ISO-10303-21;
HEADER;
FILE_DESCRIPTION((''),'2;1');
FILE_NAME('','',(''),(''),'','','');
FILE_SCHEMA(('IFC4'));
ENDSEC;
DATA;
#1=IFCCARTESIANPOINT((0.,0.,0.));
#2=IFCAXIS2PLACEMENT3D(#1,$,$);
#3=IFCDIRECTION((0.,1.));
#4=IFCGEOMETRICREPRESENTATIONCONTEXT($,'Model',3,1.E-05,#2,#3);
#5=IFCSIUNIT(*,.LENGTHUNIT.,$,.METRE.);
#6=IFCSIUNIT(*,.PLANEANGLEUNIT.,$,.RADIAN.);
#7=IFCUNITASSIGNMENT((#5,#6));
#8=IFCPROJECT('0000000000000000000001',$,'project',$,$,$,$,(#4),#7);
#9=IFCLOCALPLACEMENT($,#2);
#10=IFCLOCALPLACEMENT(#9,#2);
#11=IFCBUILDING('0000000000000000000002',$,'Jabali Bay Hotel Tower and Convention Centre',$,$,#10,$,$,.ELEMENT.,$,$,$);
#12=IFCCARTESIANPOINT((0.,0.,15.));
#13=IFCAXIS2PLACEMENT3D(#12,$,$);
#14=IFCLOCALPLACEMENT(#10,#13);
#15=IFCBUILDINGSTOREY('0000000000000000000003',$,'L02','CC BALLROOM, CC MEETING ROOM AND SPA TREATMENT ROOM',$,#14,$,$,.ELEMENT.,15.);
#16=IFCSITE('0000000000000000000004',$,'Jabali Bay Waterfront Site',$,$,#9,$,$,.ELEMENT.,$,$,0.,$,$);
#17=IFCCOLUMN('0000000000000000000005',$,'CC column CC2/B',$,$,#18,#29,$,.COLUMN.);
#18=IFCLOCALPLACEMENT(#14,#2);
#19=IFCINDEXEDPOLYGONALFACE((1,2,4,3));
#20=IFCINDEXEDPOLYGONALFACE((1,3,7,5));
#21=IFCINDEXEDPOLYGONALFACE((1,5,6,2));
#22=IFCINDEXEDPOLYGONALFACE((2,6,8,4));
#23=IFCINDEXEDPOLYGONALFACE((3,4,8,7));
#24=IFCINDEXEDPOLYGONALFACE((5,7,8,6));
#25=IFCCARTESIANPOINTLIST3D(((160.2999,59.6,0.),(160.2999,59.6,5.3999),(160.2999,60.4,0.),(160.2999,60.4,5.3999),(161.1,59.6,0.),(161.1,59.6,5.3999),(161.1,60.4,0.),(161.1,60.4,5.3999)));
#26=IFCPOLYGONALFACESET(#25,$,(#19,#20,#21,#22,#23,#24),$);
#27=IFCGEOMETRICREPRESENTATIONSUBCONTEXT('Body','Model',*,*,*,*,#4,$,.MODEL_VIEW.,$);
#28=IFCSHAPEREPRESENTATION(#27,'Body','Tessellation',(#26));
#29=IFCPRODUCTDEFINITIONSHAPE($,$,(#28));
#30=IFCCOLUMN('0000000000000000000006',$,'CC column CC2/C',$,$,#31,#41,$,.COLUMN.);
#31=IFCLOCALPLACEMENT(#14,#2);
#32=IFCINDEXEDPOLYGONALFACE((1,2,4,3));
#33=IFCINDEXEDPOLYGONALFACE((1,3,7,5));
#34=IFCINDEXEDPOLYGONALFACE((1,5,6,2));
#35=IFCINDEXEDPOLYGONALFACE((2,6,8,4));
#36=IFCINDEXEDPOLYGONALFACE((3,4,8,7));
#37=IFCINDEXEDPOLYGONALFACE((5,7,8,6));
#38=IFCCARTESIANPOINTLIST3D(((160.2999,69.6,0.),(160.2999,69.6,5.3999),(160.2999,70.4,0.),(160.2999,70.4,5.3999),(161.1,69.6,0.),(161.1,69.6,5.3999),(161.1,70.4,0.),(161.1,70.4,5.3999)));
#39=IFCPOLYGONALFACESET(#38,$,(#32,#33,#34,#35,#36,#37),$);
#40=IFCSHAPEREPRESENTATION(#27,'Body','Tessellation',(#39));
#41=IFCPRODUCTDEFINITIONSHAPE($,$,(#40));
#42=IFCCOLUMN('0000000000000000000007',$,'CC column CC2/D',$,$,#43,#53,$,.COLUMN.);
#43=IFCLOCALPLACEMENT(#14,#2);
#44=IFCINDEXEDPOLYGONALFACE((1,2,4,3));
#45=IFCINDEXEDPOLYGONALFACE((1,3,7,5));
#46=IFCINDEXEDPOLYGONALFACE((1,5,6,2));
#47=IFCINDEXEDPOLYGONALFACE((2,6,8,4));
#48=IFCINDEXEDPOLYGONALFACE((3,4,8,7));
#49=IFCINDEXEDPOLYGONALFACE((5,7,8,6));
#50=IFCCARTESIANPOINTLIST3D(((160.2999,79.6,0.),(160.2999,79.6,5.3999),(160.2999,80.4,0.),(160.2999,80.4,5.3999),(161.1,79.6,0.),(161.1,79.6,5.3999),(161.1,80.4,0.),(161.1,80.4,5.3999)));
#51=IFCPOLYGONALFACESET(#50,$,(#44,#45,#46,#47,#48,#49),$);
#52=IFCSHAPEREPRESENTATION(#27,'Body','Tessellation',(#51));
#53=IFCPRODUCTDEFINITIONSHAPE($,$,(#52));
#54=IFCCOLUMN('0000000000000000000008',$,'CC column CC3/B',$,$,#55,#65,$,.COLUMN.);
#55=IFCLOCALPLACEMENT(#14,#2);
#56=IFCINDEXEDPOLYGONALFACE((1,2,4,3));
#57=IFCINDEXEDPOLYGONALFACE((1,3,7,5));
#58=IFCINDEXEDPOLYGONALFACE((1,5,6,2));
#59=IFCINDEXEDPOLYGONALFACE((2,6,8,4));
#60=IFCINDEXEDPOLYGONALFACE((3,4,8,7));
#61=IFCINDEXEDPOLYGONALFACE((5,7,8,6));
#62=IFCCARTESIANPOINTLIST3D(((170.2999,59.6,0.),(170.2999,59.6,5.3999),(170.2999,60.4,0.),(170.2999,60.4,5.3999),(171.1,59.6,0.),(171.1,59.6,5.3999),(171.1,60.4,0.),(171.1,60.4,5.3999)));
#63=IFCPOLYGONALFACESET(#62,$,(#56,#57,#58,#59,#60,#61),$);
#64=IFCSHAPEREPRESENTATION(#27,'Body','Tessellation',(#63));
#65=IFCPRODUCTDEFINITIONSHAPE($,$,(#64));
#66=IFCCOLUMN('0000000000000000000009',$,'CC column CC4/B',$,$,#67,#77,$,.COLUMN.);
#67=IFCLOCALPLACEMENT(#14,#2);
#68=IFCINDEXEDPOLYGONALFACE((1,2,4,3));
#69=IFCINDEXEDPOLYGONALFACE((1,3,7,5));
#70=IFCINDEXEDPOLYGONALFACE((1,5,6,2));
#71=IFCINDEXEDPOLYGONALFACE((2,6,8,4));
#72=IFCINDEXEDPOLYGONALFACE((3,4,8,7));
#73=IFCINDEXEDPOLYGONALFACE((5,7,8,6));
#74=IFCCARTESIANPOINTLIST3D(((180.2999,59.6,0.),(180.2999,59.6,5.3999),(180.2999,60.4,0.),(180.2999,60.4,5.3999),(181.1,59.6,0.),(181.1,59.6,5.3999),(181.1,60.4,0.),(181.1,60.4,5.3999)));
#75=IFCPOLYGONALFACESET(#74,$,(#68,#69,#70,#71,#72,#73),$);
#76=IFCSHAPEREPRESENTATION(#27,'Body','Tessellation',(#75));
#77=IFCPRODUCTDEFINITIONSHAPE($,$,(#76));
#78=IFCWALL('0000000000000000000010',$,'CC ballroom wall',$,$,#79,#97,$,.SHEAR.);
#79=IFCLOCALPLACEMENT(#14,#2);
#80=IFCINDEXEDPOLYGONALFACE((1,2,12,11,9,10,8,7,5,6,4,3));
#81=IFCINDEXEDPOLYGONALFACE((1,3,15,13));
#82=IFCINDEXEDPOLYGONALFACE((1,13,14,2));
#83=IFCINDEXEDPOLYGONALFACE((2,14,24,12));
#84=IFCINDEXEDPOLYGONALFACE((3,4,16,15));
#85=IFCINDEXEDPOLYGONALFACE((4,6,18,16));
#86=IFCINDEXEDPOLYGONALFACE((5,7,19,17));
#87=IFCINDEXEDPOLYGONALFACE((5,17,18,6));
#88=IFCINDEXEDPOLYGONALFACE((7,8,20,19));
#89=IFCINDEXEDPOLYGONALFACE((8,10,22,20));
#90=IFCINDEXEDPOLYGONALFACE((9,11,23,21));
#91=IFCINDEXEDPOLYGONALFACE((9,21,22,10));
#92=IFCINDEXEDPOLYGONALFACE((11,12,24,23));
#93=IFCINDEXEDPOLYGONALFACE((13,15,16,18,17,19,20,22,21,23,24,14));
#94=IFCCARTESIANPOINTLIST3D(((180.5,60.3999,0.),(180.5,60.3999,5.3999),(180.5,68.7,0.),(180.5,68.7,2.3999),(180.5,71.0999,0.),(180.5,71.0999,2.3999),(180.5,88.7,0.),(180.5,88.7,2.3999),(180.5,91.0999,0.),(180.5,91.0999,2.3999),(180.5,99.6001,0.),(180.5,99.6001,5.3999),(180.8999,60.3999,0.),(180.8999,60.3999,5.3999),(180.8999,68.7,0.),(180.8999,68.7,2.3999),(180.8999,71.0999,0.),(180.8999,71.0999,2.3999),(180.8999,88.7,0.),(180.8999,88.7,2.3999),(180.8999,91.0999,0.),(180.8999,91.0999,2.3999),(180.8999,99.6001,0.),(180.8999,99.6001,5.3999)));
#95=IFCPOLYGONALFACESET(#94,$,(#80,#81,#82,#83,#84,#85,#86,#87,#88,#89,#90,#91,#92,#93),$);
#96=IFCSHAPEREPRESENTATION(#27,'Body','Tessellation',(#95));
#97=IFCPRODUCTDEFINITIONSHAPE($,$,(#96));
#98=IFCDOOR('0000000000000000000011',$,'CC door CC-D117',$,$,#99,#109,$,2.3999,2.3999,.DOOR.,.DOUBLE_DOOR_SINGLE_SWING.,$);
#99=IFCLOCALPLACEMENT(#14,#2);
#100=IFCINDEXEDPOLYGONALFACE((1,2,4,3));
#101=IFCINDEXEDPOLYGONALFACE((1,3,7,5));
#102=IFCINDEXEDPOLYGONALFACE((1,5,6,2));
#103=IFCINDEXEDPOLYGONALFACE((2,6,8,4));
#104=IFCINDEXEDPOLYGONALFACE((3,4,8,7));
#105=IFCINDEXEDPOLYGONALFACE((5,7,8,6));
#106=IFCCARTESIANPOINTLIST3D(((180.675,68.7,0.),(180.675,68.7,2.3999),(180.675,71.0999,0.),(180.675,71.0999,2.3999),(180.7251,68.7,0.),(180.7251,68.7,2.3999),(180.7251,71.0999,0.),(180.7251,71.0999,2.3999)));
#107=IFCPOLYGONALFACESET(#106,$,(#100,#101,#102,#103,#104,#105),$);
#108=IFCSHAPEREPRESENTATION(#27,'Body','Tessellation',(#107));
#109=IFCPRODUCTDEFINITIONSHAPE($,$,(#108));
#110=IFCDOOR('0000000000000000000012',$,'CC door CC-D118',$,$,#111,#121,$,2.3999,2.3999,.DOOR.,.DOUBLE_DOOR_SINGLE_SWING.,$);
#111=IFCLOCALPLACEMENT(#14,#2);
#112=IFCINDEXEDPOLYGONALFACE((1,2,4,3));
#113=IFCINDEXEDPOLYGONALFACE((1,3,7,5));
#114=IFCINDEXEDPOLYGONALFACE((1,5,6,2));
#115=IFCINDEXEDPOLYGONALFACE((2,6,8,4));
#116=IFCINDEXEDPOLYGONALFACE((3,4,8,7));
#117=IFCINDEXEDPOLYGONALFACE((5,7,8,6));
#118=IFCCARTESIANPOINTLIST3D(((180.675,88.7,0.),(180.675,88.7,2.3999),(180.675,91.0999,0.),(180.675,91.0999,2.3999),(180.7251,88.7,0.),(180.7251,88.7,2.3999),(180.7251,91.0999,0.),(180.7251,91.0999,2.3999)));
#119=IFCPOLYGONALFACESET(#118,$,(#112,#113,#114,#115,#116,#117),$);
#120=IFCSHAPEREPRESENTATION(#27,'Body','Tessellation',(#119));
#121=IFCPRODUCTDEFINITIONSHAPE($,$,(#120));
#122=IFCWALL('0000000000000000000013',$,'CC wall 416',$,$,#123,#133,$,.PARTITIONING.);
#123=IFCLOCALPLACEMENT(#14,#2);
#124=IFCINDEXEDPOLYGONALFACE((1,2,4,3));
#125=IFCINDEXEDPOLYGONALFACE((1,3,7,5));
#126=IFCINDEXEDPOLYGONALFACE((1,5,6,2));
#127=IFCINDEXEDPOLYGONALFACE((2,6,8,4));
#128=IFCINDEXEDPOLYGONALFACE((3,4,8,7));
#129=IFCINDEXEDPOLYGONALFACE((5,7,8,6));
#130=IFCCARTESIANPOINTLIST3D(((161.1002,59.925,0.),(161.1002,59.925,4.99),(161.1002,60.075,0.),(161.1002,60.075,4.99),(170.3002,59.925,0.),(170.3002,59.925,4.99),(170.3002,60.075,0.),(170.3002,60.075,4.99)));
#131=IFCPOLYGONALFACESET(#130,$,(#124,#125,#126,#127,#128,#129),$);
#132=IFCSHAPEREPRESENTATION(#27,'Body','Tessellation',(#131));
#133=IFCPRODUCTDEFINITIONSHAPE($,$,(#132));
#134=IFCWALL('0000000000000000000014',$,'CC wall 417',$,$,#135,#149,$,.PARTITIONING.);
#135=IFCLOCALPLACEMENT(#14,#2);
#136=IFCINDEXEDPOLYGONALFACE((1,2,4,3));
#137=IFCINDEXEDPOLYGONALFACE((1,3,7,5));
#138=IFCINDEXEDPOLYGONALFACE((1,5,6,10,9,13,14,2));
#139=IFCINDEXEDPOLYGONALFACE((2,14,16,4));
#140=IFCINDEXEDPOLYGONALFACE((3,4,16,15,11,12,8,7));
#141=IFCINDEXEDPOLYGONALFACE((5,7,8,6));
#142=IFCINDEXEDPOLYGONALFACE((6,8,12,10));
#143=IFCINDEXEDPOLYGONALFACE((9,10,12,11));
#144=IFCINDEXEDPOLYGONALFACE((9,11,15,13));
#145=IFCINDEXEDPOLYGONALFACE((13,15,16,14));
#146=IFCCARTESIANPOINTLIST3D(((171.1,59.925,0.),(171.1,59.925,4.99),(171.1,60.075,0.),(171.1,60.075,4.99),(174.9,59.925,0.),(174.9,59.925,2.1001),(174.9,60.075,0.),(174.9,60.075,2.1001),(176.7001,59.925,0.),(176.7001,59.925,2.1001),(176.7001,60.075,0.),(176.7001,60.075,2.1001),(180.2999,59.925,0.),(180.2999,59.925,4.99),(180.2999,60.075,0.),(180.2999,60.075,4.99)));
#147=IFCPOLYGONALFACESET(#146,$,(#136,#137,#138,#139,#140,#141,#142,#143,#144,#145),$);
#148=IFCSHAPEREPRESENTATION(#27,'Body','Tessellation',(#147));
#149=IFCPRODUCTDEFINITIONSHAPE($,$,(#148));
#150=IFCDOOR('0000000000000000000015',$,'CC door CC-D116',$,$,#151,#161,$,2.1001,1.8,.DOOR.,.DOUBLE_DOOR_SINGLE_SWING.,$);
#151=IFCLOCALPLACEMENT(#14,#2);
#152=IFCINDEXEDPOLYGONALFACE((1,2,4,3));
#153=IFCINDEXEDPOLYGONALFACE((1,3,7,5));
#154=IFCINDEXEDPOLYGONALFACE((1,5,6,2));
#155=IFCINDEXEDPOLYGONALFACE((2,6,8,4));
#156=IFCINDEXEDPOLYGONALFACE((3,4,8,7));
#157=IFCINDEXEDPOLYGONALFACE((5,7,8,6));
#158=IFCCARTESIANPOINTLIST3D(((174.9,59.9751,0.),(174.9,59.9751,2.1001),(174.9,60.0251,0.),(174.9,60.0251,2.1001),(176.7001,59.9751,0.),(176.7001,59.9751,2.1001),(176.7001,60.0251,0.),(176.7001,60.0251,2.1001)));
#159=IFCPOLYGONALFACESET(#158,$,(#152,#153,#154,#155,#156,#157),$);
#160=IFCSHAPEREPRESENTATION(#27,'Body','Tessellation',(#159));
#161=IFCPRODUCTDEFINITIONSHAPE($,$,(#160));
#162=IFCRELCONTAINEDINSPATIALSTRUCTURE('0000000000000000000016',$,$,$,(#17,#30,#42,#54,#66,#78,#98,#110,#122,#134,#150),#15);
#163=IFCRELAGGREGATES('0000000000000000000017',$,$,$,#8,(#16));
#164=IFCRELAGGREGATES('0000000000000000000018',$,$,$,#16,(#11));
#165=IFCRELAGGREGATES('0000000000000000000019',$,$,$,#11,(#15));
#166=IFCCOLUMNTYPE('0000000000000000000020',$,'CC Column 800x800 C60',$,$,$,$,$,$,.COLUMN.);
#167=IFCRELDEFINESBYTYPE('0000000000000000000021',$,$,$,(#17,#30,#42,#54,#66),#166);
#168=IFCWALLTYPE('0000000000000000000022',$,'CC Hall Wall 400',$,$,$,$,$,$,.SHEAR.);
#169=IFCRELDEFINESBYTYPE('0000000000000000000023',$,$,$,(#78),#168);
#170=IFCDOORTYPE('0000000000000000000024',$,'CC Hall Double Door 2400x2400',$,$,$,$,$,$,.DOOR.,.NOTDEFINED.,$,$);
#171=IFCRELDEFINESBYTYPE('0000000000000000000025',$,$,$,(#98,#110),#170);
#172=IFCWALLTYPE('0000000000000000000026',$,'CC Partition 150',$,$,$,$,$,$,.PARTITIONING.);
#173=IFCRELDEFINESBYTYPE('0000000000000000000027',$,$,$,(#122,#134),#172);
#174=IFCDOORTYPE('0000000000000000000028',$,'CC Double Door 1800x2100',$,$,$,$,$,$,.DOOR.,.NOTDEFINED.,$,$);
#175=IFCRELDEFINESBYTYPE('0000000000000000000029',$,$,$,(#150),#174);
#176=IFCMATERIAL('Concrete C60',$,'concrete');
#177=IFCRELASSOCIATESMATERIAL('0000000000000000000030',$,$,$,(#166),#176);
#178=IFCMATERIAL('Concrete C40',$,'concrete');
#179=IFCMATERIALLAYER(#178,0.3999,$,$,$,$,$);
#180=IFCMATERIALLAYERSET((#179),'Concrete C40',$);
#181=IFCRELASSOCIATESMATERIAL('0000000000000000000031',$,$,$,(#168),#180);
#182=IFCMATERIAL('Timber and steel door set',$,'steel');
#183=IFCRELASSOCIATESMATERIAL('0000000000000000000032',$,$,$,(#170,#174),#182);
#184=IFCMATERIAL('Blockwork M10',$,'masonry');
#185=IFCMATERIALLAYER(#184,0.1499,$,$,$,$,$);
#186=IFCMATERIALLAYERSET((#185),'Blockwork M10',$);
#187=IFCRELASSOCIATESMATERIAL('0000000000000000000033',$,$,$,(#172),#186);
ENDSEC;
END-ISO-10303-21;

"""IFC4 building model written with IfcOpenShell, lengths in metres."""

from ifc_helpers import new_model, si_unit, direction, frame, frame_2d, origin, origin_2d, place, context, subcontext, project, spatial, rectangle, extrude, material, layer, layer_set, material_profile, profile_set, type_object, element, fill, save


model = new_model("IFC4")

# Units and contexts
model_context = context("Model", 3, precision=1e-05, world=origin(), true_north=direction((0.0, 1.0)))
body_context = subcontext(model_context, "Body", "Model", "MODEL_VIEW")
ifc_project = project(units=[si_unit("LENGTHUNIT", "METRE"), si_unit("PLANEANGLEUNIT", "RADIAN")], contexts=[model_context])

# Site, building, storey
site_placement = place(None, origin())
site = spatial("IfcSite", under=ifc_project, at=site_placement, Name="Jabali Bay Waterfront Site", CompositionType="ELEMENT", RefElevation=0.0)
building_placement = place(site_placement, origin())
building = spatial("IfcBuilding", under=site, at=building_placement, Name="Jabali Bay Hotel Tower and Convention Centre", CompositionType="ELEMENT")
storey_placement = place(building_placement, frame((0.0, 0.0, 15.0)))
storey = spatial("IfcBuildingStorey", under=building, at=storey_placement, Name="L02", Description="CC BALLROOM, CC MEETING ROOM AND SPA TREATMENT ROOM", CompositionType="ELEMENT", Elevation=15.0)

# Columns
ifc_material_1 = material(Name="Concrete C60", Category="concrete")
ifc_material_profile = material_profile(ifc_material_1, rectangle(XDim=0.8, YDim=0.8, at=origin_2d()), Name="RC 800x800")
ifc_profile_set = profile_set([ifc_material_profile], Name="Concrete C60")
column_type = type_object("IfcColumnType", Name="CC Column 800x800 C60", PredefinedType="COLUMN", material=ifc_profile_set)
for number, where, z_axis, x_axis, name in (
    (1, (160.7, 60.0, 0.0), (0.0, 0.0, 1.0), (1.0, 0.0, 0.0), "CC column CC2/B"),
    (2, (160.7, 70.0, 0.0), (0.0, 0.0, 1.0), (1.0, 0.0, 0.0), "CC column CC2/C"),
    (3, (160.7, 80.0, 0.0), (0.0, 0.0, 1.0), (1.0, 0.0, 0.0), "CC column CC2/D"),
    (4, (170.7, 60.0, 0.0), (0.0, 0.0, 1.0), (1.0, 0.0, 0.0), "CC column CC3/B"),
    (5, (180.7, 60.0, 0.0), (0.0, 0.0, 1.0), (1.0, 0.0, 0.0), "CC column CC4/B"),
):
    element("IfcColumn", number, at=place(storey_placement, frame(where, z_axis=z_axis, x_axis=x_axis)), inside=storey, type_object=column_type, Name=name, PredefinedType="COLUMN", context=body_context, shape_type="SweptSolid", body=[
        extrude(rectangle(XDim=0.8, YDim=0.8, at=origin_2d()), origin(), (0.0, 0.0, 1.0), 5.3999),
    ])

# Wall, openings, doors
ifc_material_2 = material(Name="Concrete C40", Category="concrete")
ifc_layer_1 = layer(ifc_material_2, 0.3999)
ifc_layer_set_1 = layer_set([ifc_layer_1], Name="Concrete C40")
wall_type_1 = type_object("IfcWallType", Name="CC Hall Wall 400", PredefinedType="SHEAR", material=ifc_layer_set_1)
wall_1_placement = place(storey_placement, frame((180.7, 60.3999, 0.0), z_axis=(0.0, 0.0, 1.0), x_axis=(0.0, 1.0, 0.0)))
wall_1 = element("IfcWall", 6, at=wall_1_placement, inside=storey, type_object=wall_type_1, Name="CC ballroom wall", PredefinedType="SHEAR", context=body_context, shape_type="SweptSolid", body=[
    extrude(rectangle(XDim=39.2002, YDim=0.3999, at=frame_2d((19.6001, 0.0))), origin(), (0.0, 0.0, 1.0), 5.3999),
])
opening_1_placement = place(wall_1_placement, frame((8.3, 0.0, 0.0)))
opening_1 = element("IfcOpeningElement", 7, at=opening_1_placement, cuts=wall_1, PredefinedType="OPENING", context=body_context, shape_type="SweptSolid", body=[
    extrude(rectangle(XDim=2.3999, YDim=2.3999, at=frame_2d((1.2, 1.2))), frame((0.0, 0.2104, 0.0), z_axis=(0.0, -1.0, 0.0), x_axis=(1.0, 0.0, 0.0)), (0.0, 0.0, 1.0), 0.4209),
])
opening_2_placement = place(wall_1_placement, frame((28.3, 0.0, 0.0)))
opening_2 = element("IfcOpeningElement", 8, at=opening_2_placement, cuts=wall_1, PredefinedType="OPENING", context=body_context, shape_type="SweptSolid", body=[
    extrude(rectangle(XDim=2.3999, YDim=2.3999, at=frame_2d((1.2, 1.2))), frame((0.0, 0.2104, 0.0), z_axis=(0.0, -1.0, 0.0), x_axis=(1.0, 0.0, 0.0)), (0.0, 0.0, 1.0), 0.4209),
])
ifc_material_3 = material(Name="Timber and steel door set", Category="steel")
door_type_1 = type_object("IfcDoorType", Name="CC Hall Double Door 2400x2400", OperationType="NOTDEFINED", PredefinedType="DOOR", material=ifc_material_3)
door_1_placement = place(opening_1_placement, origin())
door_1 = element("IfcDoor", 9, at=door_1_placement, inside=storey, type_object=door_type_1, Name="CC door CC-D117", OperationType="DOUBLE_DOOR_SINGLE_SWING", OverallHeight=2.3999, OverallWidth=2.3999, PredefinedType="DOOR", context=body_context, shape_type="SweptSolid", body=[
    extrude(rectangle(XDim=2.3999, YDim=2.3999, at=frame_2d((1.2, 1.2))), frame((0.0, 0.0249, 0.0), z_axis=(0.0, -1.0, 0.0), x_axis=(1.0, 0.0, 0.0)), (0.0, 0.0, 1.0), 0.05),
])
fill(opening_1, door_1)
door_2_placement = place(opening_2_placement, origin())
door_2 = element("IfcDoor", 10, at=door_2_placement, inside=storey, type_object=door_type_1, Name="CC door CC-D118", OperationType="DOUBLE_DOOR_SINGLE_SWING", OverallHeight=2.3999, OverallWidth=2.3999, PredefinedType="DOOR", context=body_context, shape_type="SweptSolid", body=[
    extrude(rectangle(XDim=2.3999, YDim=2.3999, at=frame_2d((1.2, 1.2))), frame((0.0, 0.0249, 0.0), z_axis=(0.0, -1.0, 0.0), x_axis=(1.0, 0.0, 0.0)), (0.0, 0.0, 1.0), 0.05),
])
fill(opening_2, door_2)

# Wall
ifc_material_4 = material(Name="Blockwork M10", Category="masonry")
ifc_layer_2 = layer(ifc_material_4, 0.1499)
ifc_layer_set_2 = layer_set([ifc_layer_2], Name="Blockwork M10")
wall_type_2 = type_object("IfcWallType", Name="CC Partition 150", PredefinedType="PARTITIONING", material=ifc_layer_set_2)
wall_2_placement = place(storey_placement, frame((161.1001, 60.0, 0.0), z_axis=(0.0, 0.0, 1.0), x_axis=(1.0, 0.0, 0.0)))
element("IfcWall", 11, at=wall_2_placement, inside=storey, type_object=wall_type_2, Name="CC wall 416", PredefinedType="PARTITIONING", context=body_context, shape_type="SweptSolid", body=[
    extrude(rectangle(XDim=9.2, YDim=0.1499, at=frame_2d((4.6001, 0.0))), origin(), (0.0, 0.0, 1.0), 4.99),
])

# Wall, opening, door
wall_3_placement = place(storey_placement, frame((180.3, 60.0, 0.0), z_axis=(0.0, 0.0, 1.0), x_axis=(-1.0, 0.0, 0.0)))
wall_3 = element("IfcWall", 12, at=wall_3_placement, inside=storey, type_object=wall_type_2, Name="CC wall 417", PredefinedType="PARTITIONING", context=body_context, shape_type="SweptSolid", body=[
    extrude(rectangle(XDim=9.2, YDim=0.1499, at=frame_2d((4.6001, 0.0))), origin(), (0.0, 0.0, 1.0), 4.99),
])
opening_3_placement = place(wall_3_placement, frame((3.6001, 0.0, 0.0)))
opening_3 = element("IfcOpeningElement", 13, at=opening_3_placement, cuts=wall_3, PredefinedType="OPENING", context=body_context, shape_type="SweptSolid", body=[
    extrude(rectangle(XDim=1.8, YDim=2.1001, at=frame_2d((0.8999, 1.05))), frame((0.0, 0.0854, 0.0), z_axis=(0.0, -1.0, 0.0), x_axis=(1.0, 0.0, 0.0)), (0.0, 0.0, 1.0), 0.1709),
])
door_type_2 = type_object("IfcDoorType", Name="CC Double Door 1800x2100", OperationType="NOTDEFINED", PredefinedType="DOOR", material=ifc_material_3)
door_3_placement = place(opening_3_placement, origin())
door_3 = element("IfcDoor", 14, at=door_3_placement, inside=storey, type_object=door_type_2, Name="CC door CC-D116", OperationType="DOUBLE_DOOR_SINGLE_SWING", OverallHeight=2.1001, OverallWidth=1.8, PredefinedType="DOOR", context=body_context, shape_type="SweptSolid", body=[
    extrude(rectangle(XDim=1.8, YDim=2.1001, at=frame_2d((0.8999, 1.05))), frame((0.0, 0.0249, 0.0), z_axis=(0.0, -1.0, 0.0), x_axis=(1.0, 0.0, 0.0)), (0.0, 0.0, 1.0), 0.05),
])
fill(opening_3, door_3)

save(model, "model.ifc")
